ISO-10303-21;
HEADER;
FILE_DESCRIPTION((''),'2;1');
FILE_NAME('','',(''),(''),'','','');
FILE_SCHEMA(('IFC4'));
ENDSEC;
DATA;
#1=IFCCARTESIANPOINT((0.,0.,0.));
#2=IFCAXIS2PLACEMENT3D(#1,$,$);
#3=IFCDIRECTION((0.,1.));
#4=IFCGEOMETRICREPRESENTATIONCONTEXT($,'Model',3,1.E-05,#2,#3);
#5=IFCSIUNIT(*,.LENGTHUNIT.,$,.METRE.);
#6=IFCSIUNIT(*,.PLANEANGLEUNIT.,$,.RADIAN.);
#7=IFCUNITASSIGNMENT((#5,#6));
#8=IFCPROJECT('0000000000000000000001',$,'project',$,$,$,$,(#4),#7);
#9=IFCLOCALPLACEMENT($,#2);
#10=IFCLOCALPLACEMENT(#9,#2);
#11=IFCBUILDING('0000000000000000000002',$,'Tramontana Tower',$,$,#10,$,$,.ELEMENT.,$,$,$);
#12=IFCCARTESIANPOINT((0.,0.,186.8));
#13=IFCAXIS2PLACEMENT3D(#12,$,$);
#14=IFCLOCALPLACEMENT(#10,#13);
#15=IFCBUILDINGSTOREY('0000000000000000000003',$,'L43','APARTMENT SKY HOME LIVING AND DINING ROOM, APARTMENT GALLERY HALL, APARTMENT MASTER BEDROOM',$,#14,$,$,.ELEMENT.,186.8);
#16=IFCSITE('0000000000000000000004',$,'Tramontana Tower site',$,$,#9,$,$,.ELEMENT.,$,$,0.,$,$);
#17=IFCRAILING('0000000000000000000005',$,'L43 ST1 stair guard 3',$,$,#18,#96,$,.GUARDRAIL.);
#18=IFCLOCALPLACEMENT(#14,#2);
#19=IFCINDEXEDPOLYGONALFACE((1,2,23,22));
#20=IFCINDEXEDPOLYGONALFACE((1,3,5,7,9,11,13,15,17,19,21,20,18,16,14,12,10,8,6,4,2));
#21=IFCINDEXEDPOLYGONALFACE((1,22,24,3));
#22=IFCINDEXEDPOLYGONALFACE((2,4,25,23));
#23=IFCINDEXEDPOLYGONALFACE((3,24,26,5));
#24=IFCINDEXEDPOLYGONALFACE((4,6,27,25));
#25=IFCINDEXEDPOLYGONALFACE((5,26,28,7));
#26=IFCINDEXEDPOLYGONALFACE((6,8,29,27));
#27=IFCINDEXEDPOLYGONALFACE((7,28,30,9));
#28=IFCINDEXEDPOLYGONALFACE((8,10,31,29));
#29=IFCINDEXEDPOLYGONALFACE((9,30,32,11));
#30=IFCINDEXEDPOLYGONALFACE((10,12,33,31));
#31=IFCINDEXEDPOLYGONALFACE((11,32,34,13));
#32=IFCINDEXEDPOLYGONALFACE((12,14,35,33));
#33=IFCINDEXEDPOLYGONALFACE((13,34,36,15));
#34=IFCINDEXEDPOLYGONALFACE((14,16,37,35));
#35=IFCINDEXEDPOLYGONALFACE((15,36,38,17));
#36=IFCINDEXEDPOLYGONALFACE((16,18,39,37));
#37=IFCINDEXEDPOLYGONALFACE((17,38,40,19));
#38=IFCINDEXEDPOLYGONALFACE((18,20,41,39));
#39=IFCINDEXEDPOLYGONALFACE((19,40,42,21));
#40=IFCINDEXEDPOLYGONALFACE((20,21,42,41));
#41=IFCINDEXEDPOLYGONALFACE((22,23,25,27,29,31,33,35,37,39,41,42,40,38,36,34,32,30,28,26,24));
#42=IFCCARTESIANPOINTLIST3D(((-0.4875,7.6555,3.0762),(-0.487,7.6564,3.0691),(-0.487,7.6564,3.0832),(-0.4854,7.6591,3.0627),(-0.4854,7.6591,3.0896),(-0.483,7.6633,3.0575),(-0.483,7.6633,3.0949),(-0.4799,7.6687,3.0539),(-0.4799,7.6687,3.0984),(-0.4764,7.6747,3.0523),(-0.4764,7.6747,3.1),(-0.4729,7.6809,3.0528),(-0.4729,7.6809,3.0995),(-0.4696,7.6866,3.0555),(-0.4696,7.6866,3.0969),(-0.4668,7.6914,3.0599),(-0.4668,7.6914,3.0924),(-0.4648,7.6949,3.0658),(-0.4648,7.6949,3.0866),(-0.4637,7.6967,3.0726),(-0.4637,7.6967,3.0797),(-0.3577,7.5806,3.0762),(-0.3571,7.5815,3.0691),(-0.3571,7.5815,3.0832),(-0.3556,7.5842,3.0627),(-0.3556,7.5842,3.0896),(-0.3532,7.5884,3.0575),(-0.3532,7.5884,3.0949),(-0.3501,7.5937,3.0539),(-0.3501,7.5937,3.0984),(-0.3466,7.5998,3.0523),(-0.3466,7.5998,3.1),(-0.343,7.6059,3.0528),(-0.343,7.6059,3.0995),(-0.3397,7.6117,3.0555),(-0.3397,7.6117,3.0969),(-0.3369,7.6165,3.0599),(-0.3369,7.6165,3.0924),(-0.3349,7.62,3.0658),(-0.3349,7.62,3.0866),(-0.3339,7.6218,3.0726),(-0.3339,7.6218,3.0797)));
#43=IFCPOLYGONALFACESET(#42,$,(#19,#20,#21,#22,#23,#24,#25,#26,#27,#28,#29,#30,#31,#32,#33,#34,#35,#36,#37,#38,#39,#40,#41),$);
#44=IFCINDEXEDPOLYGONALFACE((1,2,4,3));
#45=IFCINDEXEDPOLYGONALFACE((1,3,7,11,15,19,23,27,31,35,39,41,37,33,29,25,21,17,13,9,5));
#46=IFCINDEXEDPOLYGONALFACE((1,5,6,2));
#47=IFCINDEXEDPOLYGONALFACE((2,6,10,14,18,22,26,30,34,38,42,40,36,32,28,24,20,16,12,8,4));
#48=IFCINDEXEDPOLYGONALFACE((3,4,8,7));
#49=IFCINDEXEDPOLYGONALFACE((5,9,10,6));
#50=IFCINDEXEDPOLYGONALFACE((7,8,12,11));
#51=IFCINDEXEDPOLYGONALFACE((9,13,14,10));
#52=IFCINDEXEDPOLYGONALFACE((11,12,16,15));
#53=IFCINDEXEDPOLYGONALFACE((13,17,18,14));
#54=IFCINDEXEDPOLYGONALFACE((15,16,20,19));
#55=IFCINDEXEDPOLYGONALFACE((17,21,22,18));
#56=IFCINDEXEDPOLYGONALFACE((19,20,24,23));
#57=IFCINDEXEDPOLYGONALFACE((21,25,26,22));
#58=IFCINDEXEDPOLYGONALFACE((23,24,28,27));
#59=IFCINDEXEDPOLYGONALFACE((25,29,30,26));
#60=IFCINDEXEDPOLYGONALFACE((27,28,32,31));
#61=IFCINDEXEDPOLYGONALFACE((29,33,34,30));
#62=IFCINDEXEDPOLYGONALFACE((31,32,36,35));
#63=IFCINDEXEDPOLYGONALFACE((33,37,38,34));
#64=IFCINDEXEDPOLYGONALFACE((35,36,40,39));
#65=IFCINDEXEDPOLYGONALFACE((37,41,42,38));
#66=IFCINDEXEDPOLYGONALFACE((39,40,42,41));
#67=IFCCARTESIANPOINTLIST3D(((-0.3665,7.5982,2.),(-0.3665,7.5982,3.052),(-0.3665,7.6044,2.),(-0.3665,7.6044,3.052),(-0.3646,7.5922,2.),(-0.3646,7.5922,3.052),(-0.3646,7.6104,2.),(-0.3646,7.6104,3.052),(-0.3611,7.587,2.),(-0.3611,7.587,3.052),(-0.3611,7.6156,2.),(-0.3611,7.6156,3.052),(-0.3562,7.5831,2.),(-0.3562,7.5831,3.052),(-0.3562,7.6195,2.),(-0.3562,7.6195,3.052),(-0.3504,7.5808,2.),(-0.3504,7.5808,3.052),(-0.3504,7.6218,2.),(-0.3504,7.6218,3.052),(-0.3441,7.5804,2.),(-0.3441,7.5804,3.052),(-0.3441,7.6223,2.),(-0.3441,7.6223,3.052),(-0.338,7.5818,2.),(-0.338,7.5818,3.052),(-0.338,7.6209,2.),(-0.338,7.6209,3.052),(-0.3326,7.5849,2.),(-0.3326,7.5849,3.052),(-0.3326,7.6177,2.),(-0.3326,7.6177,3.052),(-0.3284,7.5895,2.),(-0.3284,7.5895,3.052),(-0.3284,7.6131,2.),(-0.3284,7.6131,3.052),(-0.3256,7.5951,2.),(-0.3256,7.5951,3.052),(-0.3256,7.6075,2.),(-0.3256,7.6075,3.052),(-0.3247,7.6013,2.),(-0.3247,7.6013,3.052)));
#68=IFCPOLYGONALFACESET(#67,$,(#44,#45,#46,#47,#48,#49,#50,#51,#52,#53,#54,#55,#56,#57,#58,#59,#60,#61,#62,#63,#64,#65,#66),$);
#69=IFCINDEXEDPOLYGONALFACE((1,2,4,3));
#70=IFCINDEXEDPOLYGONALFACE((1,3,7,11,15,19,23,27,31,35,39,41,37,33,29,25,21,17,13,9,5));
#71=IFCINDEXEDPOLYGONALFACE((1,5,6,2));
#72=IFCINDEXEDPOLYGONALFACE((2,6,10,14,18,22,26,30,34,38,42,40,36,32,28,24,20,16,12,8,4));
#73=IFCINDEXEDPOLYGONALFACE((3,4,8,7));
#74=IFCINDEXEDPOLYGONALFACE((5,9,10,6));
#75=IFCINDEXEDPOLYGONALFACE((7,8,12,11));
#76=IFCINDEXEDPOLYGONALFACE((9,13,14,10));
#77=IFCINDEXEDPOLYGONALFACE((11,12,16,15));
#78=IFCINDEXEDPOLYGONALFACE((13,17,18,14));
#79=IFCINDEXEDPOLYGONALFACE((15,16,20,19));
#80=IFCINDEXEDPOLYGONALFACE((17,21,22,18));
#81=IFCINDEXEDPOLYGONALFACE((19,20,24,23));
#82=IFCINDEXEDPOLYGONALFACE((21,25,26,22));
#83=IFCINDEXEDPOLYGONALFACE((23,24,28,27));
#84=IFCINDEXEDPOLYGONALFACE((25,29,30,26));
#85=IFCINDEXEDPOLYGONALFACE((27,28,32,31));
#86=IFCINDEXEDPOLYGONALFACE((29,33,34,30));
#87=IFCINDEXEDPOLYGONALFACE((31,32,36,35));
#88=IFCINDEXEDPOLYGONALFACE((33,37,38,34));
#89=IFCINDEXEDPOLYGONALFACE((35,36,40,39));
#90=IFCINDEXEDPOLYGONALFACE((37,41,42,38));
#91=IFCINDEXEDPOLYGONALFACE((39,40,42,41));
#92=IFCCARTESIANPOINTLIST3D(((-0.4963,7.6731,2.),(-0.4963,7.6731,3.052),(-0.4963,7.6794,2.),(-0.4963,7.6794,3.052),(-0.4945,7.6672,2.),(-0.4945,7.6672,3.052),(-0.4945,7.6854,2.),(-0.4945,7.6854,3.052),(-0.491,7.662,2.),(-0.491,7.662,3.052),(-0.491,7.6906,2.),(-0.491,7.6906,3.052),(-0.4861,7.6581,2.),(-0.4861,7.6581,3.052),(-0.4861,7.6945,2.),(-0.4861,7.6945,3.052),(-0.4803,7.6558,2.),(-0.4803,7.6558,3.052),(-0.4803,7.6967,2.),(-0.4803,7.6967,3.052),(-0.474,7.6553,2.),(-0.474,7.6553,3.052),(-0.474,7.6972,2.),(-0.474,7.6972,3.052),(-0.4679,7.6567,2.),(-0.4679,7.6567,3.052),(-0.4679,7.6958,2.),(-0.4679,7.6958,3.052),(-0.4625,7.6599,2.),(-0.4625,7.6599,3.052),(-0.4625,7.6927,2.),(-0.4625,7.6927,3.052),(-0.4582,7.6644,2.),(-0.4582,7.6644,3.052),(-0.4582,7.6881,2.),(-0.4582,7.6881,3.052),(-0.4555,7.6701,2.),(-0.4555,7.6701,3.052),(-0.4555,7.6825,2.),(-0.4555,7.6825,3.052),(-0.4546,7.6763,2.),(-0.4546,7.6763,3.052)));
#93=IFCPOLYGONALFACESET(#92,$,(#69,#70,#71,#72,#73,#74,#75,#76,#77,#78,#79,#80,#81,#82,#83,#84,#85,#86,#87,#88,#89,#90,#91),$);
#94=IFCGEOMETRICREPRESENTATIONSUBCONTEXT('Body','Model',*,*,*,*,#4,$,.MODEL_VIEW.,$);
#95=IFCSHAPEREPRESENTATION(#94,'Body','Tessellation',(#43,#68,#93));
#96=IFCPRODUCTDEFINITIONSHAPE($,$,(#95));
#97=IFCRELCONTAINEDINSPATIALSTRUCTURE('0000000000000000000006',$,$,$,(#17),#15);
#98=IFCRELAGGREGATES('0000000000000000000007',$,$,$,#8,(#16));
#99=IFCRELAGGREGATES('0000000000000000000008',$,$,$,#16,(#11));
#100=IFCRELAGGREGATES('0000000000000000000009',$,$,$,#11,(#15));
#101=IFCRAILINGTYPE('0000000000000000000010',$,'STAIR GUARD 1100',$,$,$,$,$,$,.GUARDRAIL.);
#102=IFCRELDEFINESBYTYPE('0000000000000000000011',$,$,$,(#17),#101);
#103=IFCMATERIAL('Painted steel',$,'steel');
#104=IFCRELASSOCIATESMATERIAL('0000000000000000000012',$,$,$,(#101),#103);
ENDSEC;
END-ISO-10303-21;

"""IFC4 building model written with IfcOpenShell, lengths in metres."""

from ifc_helpers import new_model, si_unit, direction, frame, origin, origin_2d, place, context, subcontext, project, spatial, circle, extrude, material, type_object, element, save


model = new_model("IFC4")

# Units and contexts
model_context = context("Model", 3, precision=1e-05, world=origin(), true_north=direction((0.0, 1.0)))
body_context = subcontext(model_context, "Body", "Model", "MODEL_VIEW")
ifc_project = project(units=[si_unit("LENGTHUNIT", "METRE"), si_unit("PLANEANGLEUNIT", "RADIAN")], contexts=[model_context])

# Site, building, storey
site_placement = place(None, origin())
site = spatial("IfcSite", under=ifc_project, at=site_placement, Name="Tramontana Tower site", CompositionType="ELEMENT", RefElevation=0.0)
building_placement = place(site_placement, origin())
building = spatial("IfcBuilding", under=site, at=building_placement, Name="Tramontana Tower", CompositionType="ELEMENT")
storey_placement = place(building_placement, frame((0.0, 0.0, 186.8)))
storey = spatial("IfcBuildingStorey", under=building, at=storey_placement, Name="L43", Description="APARTMENT SKY HOME LIVING AND DINING ROOM, APARTMENT GALLERY HALL, APARTMENT MASTER BEDROOM", CompositionType="ELEMENT", Elevation=186.8)

# Railing
ifc_material_1 = material(Name="Painted steel", Category="steel")
railing_type = type_object("IfcRailingType", Name="STAIR GUARD 1100", PredefinedType="GUARDRAIL", material=ifc_material_1)
railing_1_placement = place(storey_placement, frame((-0.3457, 7.6013, 2.0)))
element("IfcRailing", 1, at=railing_1_placement, inside=storey, type_object=railing_type, Name="L43 ST1 stair guard 3", PredefinedType="GUARDRAIL", context=body_context, shape_type="SweptSolid", body=[
    extrude(circle(Radius=0.0239, at=origin_2d()), frame((0.0, 0.0, 1.0762), z_axis=(-0.866131, 0.499816, 0.0), x_axis=(-0.499816, -0.866131, 0.0)), (0.0, 0.0, 1.0), 0.1499),
    extrude(circle(Radius=0.021, at=origin_2d()), origin(), (0.0, 0.0, 1.0), 1.052),
    extrude(circle(Radius=0.021, at=origin_2d()), frame((-0.1299, 0.075, 0.0)), (0.0, 0.0, 1.0), 1.052),
])

save(model, "model.ifc")
